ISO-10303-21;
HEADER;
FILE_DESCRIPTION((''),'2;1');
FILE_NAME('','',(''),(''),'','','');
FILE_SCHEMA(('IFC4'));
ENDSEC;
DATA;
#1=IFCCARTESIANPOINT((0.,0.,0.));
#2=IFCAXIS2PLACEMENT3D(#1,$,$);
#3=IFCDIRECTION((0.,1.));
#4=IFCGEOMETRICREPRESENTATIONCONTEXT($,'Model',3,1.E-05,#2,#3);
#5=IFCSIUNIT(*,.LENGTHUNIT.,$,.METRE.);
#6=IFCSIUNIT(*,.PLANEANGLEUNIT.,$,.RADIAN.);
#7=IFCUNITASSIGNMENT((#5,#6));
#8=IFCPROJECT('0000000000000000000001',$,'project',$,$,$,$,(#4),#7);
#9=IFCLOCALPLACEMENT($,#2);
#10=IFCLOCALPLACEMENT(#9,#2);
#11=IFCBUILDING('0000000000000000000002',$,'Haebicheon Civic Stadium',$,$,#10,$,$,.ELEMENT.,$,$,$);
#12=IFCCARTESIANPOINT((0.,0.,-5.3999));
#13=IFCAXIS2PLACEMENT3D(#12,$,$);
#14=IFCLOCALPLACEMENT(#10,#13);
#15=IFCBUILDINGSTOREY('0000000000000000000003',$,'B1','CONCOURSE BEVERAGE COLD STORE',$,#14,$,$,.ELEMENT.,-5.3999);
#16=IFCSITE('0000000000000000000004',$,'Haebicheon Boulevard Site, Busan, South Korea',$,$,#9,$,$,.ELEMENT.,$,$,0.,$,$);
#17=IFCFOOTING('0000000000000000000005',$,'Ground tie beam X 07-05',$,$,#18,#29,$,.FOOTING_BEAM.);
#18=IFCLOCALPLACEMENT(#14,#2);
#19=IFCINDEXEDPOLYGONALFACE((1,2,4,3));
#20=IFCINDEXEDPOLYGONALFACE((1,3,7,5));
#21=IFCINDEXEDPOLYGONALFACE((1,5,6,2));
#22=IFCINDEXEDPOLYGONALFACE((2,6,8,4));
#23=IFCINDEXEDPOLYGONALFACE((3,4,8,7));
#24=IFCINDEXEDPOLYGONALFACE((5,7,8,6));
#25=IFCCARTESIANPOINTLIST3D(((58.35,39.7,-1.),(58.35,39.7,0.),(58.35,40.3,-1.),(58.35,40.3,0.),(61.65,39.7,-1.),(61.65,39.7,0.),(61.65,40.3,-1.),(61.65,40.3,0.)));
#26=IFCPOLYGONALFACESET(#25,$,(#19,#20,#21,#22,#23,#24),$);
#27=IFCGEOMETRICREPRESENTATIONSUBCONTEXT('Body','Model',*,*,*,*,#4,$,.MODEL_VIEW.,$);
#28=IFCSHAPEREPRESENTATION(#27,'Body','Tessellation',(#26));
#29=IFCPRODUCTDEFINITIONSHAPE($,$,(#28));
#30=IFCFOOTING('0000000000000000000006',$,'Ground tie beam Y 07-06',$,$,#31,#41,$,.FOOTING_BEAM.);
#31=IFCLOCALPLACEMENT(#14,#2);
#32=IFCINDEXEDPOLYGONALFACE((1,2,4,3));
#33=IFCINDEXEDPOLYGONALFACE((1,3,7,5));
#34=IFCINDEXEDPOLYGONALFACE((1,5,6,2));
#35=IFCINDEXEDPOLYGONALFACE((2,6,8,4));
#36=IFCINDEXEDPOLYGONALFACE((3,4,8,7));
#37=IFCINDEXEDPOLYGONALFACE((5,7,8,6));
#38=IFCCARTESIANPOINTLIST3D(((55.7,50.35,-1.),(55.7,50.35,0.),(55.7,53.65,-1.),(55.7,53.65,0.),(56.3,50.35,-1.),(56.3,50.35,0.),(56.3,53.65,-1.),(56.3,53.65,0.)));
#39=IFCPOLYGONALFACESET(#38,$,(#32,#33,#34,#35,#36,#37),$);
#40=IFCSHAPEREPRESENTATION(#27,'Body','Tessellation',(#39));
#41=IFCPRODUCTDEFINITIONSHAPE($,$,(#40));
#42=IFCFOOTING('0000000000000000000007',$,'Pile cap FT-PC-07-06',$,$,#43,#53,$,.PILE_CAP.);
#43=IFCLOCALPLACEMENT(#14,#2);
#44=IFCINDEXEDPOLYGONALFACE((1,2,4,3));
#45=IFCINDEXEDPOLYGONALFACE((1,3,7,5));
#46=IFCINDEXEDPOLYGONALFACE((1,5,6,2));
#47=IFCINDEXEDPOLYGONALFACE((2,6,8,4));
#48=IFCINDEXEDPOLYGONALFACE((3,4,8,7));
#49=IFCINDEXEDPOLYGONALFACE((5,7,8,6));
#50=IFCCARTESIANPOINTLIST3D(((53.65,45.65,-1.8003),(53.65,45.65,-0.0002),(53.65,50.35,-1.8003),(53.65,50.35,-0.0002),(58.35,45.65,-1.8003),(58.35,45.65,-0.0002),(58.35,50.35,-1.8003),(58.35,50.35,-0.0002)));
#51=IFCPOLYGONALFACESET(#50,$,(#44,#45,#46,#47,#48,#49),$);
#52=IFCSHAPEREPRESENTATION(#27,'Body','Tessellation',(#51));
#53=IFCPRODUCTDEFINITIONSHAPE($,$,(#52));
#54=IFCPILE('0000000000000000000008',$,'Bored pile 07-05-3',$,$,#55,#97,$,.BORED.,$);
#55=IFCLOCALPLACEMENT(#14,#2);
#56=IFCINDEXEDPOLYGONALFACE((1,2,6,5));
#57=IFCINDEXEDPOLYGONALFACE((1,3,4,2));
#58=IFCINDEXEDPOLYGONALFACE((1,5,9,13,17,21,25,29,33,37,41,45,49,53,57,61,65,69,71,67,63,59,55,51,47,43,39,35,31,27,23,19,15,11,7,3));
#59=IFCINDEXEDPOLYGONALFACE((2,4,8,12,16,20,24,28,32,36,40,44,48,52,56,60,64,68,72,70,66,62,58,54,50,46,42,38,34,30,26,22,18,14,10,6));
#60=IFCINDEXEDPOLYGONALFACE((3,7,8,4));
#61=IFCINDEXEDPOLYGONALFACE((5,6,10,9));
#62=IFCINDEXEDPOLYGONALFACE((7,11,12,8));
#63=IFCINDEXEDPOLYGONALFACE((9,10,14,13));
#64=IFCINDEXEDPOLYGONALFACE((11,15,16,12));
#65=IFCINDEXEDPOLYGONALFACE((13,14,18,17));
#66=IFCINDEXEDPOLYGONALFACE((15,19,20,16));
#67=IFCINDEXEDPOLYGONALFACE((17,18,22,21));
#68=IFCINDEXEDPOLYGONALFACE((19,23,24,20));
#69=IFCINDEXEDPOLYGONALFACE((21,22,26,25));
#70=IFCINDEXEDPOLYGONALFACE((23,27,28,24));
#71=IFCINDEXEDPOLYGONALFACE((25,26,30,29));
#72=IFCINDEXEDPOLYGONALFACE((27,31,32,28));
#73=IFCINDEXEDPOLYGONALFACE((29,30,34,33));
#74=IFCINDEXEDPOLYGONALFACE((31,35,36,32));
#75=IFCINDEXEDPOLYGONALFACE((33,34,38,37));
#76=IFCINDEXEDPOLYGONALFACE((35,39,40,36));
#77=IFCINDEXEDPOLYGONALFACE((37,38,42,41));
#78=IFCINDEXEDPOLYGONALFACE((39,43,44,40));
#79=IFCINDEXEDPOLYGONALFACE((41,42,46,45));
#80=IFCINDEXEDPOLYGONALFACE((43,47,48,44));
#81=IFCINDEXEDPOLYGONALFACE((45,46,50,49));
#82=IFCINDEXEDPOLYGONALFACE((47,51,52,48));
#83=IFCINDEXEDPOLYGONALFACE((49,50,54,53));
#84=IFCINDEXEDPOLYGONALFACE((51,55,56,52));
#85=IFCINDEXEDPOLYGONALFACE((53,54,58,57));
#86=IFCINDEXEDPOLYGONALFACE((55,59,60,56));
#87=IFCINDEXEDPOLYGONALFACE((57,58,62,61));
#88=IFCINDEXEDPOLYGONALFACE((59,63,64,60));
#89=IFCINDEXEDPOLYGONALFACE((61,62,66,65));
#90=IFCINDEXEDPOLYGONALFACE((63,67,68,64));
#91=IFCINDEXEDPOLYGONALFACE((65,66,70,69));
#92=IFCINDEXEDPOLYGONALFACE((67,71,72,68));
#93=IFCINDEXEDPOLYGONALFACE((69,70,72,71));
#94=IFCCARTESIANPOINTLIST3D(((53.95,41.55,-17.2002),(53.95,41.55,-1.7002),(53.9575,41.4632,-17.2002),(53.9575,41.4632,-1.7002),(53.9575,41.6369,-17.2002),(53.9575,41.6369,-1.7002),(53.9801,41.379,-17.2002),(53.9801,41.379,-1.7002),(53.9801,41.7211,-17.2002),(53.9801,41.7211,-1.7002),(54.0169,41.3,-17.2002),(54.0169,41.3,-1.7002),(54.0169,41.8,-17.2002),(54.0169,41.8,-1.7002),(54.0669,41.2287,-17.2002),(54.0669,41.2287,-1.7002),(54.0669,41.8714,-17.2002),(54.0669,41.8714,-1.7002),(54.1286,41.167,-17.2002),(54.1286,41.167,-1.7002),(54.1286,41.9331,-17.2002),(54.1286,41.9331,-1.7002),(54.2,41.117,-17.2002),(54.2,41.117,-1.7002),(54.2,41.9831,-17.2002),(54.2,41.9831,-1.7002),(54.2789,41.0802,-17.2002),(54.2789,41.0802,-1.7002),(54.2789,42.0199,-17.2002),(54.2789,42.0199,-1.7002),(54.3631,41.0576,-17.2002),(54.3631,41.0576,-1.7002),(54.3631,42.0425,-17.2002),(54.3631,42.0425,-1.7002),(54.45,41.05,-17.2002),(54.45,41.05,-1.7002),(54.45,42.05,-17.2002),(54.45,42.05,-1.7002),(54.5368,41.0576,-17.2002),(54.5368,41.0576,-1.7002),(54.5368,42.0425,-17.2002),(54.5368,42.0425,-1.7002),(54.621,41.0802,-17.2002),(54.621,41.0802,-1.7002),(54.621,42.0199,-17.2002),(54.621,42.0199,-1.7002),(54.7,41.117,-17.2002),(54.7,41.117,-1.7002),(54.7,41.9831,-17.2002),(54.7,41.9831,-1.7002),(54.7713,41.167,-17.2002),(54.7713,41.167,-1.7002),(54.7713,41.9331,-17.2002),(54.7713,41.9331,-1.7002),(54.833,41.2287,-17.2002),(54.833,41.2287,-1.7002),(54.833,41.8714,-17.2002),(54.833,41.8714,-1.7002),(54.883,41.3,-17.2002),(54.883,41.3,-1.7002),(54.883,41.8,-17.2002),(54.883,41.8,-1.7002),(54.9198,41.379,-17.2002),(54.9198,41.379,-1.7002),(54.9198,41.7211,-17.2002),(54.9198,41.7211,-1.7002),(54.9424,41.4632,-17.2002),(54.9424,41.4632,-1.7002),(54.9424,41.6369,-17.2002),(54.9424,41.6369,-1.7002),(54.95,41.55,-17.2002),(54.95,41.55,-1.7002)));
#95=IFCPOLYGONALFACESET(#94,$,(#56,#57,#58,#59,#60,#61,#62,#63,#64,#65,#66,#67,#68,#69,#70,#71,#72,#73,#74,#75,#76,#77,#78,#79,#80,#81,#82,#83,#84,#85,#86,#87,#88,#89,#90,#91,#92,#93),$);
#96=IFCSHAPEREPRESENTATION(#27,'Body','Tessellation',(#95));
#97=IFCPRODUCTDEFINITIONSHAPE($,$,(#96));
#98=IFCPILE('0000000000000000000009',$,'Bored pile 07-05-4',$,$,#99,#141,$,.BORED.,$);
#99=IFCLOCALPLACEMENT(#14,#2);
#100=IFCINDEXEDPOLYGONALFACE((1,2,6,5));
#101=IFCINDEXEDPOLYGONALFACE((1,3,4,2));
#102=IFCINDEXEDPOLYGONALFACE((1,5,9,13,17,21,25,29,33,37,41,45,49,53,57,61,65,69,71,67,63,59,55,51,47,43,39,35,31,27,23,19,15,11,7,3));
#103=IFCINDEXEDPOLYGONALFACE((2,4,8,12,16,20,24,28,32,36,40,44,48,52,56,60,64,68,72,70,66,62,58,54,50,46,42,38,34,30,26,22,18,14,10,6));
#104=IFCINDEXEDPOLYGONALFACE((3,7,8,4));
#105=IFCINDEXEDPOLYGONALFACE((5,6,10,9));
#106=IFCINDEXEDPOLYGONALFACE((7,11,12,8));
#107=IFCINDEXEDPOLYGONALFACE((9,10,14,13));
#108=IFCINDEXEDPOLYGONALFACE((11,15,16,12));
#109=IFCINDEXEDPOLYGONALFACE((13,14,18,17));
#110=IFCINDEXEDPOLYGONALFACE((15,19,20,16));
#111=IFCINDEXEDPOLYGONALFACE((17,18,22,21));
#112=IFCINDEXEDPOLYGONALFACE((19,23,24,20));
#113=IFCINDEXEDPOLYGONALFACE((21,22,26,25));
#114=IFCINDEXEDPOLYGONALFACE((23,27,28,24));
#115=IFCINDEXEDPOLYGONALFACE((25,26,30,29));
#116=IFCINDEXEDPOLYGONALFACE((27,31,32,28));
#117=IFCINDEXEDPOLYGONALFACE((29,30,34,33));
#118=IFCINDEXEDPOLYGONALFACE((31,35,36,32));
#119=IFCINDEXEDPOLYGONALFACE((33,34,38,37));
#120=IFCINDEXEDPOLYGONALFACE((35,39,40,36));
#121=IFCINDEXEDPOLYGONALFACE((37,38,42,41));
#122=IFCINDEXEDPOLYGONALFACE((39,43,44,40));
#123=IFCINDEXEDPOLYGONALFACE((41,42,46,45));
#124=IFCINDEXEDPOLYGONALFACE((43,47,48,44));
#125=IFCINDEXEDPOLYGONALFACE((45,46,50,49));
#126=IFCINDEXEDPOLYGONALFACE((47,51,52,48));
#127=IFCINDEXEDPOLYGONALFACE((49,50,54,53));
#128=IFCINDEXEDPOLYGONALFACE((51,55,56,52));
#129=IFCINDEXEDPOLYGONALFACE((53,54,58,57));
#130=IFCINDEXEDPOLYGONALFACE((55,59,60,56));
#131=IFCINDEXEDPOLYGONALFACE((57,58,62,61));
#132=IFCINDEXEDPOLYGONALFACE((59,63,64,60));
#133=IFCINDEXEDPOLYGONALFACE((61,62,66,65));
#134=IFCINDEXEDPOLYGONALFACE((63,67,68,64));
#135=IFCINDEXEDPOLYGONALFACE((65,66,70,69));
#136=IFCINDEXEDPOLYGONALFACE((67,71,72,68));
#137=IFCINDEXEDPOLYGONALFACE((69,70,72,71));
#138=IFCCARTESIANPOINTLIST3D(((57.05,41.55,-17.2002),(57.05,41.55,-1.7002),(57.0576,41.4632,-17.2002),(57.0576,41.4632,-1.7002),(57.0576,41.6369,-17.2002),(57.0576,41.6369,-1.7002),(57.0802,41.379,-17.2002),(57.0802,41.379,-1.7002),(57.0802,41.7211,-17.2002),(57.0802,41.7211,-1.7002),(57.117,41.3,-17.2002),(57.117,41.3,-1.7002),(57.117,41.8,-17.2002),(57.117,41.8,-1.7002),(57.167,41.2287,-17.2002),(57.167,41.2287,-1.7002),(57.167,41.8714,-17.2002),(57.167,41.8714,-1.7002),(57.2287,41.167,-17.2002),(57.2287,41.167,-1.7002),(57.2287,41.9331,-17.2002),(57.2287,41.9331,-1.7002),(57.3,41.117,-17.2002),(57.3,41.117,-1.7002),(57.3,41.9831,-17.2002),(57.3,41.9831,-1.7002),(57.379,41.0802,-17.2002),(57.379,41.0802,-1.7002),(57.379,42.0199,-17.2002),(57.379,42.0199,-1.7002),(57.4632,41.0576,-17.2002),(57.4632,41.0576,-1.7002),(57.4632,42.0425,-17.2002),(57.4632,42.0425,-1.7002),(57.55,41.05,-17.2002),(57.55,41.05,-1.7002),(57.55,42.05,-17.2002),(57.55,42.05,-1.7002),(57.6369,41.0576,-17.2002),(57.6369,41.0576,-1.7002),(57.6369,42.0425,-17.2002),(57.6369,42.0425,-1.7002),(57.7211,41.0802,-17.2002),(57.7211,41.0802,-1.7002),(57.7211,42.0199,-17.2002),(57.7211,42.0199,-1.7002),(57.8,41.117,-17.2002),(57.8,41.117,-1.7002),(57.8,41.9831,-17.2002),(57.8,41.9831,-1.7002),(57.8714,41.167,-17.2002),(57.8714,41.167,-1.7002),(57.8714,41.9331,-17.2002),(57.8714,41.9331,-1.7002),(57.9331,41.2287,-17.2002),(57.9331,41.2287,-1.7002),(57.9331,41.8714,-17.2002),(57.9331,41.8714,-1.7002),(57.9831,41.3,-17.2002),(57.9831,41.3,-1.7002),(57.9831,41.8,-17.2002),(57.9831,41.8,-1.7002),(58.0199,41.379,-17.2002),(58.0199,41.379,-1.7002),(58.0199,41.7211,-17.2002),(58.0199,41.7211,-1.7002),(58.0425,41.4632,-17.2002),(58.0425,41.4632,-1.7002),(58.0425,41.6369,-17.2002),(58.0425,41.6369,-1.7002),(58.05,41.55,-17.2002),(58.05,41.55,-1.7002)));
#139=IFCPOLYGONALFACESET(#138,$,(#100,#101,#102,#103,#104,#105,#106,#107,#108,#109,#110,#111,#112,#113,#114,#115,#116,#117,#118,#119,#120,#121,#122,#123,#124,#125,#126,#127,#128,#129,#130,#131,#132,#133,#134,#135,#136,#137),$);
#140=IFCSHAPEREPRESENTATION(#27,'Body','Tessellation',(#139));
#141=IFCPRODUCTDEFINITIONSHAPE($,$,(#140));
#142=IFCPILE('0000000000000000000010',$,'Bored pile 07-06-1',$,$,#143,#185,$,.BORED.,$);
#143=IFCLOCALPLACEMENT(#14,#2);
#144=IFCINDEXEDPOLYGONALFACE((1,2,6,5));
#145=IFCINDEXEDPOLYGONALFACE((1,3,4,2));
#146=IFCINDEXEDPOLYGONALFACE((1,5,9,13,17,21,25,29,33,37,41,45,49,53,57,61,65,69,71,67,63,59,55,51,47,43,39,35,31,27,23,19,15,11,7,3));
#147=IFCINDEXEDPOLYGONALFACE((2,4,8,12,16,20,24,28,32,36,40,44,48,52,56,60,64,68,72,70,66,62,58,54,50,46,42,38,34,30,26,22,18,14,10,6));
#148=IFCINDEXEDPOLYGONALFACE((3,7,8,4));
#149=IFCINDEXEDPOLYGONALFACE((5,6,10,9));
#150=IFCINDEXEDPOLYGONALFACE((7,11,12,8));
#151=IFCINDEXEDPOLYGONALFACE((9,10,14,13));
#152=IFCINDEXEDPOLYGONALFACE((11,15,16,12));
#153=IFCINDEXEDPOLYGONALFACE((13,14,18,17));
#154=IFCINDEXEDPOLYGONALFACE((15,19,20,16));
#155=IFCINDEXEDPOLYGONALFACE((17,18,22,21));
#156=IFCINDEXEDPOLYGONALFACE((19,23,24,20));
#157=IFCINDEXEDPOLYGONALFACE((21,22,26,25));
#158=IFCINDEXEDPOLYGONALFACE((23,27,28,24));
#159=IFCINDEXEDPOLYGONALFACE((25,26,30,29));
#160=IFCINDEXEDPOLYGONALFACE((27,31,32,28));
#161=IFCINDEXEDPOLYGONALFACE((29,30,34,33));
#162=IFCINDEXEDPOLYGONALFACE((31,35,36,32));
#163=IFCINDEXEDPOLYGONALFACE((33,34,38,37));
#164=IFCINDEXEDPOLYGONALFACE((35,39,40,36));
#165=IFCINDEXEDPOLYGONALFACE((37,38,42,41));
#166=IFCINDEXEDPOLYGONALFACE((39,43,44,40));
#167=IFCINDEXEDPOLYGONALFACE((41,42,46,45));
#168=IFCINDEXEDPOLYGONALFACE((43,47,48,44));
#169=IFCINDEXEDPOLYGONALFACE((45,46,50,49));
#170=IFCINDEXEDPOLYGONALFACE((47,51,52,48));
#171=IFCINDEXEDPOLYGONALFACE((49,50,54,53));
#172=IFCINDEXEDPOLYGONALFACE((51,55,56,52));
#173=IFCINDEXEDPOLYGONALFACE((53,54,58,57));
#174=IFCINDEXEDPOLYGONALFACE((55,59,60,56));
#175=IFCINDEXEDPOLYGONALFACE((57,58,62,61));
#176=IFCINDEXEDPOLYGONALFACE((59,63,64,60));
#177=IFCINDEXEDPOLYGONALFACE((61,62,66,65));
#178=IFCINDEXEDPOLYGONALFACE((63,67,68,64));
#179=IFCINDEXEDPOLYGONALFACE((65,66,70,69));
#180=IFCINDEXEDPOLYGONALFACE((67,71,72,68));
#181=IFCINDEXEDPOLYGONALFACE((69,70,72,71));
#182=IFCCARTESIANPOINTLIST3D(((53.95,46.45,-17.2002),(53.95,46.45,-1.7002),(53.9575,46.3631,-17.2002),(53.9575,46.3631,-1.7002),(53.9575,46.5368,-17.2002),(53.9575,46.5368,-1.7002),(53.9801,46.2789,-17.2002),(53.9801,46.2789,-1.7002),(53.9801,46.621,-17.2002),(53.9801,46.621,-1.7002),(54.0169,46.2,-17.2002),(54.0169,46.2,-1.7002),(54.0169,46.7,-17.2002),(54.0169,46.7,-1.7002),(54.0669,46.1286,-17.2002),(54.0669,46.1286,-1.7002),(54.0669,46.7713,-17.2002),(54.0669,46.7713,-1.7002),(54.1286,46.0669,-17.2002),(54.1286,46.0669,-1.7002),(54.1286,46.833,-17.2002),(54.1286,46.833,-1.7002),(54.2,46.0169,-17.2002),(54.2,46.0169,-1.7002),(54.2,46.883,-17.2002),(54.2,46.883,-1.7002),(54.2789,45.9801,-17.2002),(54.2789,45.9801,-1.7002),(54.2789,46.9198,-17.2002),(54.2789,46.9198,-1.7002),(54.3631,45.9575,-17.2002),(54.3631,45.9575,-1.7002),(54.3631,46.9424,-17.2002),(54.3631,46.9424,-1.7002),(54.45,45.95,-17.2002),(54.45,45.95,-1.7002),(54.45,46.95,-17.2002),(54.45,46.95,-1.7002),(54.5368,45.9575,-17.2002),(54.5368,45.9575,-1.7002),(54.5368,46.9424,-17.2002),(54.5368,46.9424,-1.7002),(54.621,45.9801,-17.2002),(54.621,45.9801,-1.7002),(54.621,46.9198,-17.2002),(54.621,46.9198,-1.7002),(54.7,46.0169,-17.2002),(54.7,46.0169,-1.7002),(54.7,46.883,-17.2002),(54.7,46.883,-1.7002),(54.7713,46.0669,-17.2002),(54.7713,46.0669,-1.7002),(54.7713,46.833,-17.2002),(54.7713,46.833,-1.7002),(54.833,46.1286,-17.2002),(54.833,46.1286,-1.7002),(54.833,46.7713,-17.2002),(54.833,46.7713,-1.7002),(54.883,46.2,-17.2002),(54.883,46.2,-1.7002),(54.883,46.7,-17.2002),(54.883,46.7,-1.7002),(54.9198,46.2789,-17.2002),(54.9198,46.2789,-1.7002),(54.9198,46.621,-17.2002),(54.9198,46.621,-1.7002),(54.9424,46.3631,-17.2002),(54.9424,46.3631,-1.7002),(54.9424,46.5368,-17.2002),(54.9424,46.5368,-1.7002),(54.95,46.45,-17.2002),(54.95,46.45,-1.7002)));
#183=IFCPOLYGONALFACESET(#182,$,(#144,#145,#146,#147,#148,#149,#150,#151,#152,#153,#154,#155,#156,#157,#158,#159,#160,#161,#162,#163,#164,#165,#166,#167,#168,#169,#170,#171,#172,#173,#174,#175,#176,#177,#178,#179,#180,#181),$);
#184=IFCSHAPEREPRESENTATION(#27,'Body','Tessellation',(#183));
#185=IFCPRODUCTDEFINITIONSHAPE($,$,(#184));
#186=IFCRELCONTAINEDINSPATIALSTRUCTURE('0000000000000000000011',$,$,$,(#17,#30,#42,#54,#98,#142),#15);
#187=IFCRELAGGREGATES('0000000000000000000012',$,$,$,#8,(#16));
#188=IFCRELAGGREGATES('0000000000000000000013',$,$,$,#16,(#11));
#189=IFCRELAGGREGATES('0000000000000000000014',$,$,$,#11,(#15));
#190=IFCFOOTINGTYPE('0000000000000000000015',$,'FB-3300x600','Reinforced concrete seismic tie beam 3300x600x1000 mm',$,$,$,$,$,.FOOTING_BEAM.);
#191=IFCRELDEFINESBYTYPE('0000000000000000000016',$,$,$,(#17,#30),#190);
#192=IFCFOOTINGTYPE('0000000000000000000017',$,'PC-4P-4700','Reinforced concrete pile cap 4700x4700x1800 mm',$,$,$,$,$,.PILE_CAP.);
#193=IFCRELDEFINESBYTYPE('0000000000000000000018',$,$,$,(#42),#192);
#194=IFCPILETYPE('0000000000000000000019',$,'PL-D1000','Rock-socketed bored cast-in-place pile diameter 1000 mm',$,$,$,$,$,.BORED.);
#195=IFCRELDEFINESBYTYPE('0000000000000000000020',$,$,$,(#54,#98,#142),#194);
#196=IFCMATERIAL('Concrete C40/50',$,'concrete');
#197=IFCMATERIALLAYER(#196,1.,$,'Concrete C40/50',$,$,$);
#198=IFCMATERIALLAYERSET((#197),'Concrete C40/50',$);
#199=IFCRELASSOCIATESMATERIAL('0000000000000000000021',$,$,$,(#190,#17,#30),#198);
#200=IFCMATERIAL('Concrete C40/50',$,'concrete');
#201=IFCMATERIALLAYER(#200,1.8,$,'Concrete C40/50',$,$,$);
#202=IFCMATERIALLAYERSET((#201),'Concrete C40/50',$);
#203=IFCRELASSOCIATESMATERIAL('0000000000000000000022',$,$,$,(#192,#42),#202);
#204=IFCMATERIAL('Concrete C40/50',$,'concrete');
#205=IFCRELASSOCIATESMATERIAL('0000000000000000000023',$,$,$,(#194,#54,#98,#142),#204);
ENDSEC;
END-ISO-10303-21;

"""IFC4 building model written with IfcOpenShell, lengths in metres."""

from ifc_helpers import new_model, si_unit, direction, frame, origin, origin_2d, place, context, subcontext, project, spatial, rectangle, circle, extrude, material, layer, layer_set, material_profile, profile_set, type_object, element, save


model = new_model("IFC4")

# Units and contexts
model_context = context("Model", 3, precision=1e-05, world=origin(), true_north=direction((0.0, 1.0)))
body_context = subcontext(model_context, "Body", "Model", "MODEL_VIEW")
ifc_project = project(units=[si_unit("LENGTHUNIT", "METRE"), si_unit("PLANEANGLEUNIT", "RADIAN")], contexts=[model_context])

# Site, building, storey
site_placement = place(None, origin())
site = spatial("IfcSite", under=ifc_project, at=site_placement, Name="Haebicheon Boulevard Site, Busan, South Korea", CompositionType="ELEMENT", RefElevation=0.0)
building_placement = place(site_placement, origin())
building = spatial("IfcBuilding", under=site, at=building_placement, Name="Haebicheon Civic Stadium", CompositionType="ELEMENT")
storey_placement = place(building_placement, frame((0.0, 0.0, -5.3999)))
storey = spatial("IfcBuildingStorey", under=building, at=storey_placement, Name="B1", Description="CONCOURSE BEVERAGE COLD STORE", CompositionType="ELEMENT", Elevation=-5.3999)

# Footings
ifc_material_1 = material(Name="Concrete C40/50", Category="concrete")
ifc_layer_1 = layer(ifc_material_1, 1.0, Name="Concrete C40/50")
ifc_layer_set_1 = layer_set([ifc_layer_1], Name="Concrete C40/50")
footing_type_1 = type_object("IfcFootingType", Name="FB-3300x600", Description="Reinforced concrete seismic tie beam 3300x600x1000 mm", PredefinedType="FOOTING_BEAM", material=ifc_layer_set_1)
for number, where, z_axis, x_axis, name in (
    (1, (60.0, 40.0, -1.0), (0.0, 0.0, 1.0), (1.0, 0.0, 0.0), "Ground tie beam X 07-05"),
    (2, (56.0, 52.0, -1.0), (0.0, 0.0, 1.0), (0.0, 1.0, 0.0), "Ground tie beam Y 07-06"),
):
    element("IfcFooting", number, at=place(storey_placement, frame(where, z_axis=z_axis, x_axis=x_axis)), inside=storey, type_object=footing_type_1, material=ifc_layer_set_1, Name=name, PredefinedType="FOOTING_BEAM", context=body_context, shape_type="SweptSolid", body=[
        extrude(rectangle(XDim=3.3, YDim=0.6001, at=origin_2d()), origin(), (0.0, 0.0, 1.0), 1.0),
    ])
ifc_material_2 = material(Name="Concrete C40/50", Category="concrete")
ifc_layer_2 = layer(ifc_material_2, 1.8, Name="Concrete C40/50")
ifc_layer_set_2 = layer_set([ifc_layer_2], Name="Concrete C40/50")
footing_type_2 = type_object("IfcFootingType", Name="PC-4P-4700", Description="Reinforced concrete pile cap 4700x4700x1800 mm", PredefinedType="PILE_CAP", material=ifc_layer_set_2)
footing_placement = place(storey_placement, frame((56.0, 48.0, -1.8003), z_axis=(0.0, 0.0, 1.0), x_axis=(1.0, 0.0, 0.0)))
element("IfcFooting", 3, at=footing_placement, inside=storey, type_object=footing_type_2, material=ifc_layer_set_2, Name="Pile cap FT-PC-07-06", PredefinedType="PILE_CAP", context=body_context, shape_type="SweptSolid", body=[
    extrude(rectangle(XDim=4.7, YDim=4.7, at=origin_2d()), origin(), (0.0, 0.0, 1.0), 1.8),
])

# Piles
ifc_material_3 = material(Name="Concrete C40/50", Category="concrete")
ifc_material_profile_1 = material_profile(ifc_material_3, circle(Radius=0.5, at=origin_2d()), Name="PILE-D1000")
ifc_profile_set_1 = profile_set([ifc_material_profile_1], Name="Concrete C40/50")
pile_type = type_object("IfcPileType", Name="PL-D1000", Description="Rock-socketed bored cast-in-place pile diameter 1000 mm", PredefinedType="BORED", material=ifc_profile_set_1)
for number, where, z_axis, x_axis, name in (
    (4, (54.45, 41.55, -1.7002), (0.0, 0.0, -1.0), (1.0, 0.0, 0.0), "Bored pile 07-05-3"),
    (5, (57.55, 41.55, -1.7002), (0.0, 0.0, -1.0), (1.0, 0.0, 0.0), "Bored pile 07-05-4"),
    (6, (54.45, 46.45, -1.7002), (0.0, 0.0, -1.0), (1.0, 0.0, 0.0), "Bored pile 07-06-1"),
):
    element("IfcPile", number, at=place(storey_placement, frame(where, z_axis=z_axis, x_axis=x_axis)), inside=storey, type_object=pile_type, material=ifc_profile_set_1, Name=name, PredefinedType="BORED", context=body_context, shape_type="SweptSolid", body=[
        extrude(circle(Radius=0.5, at=origin_2d()), origin(), (0.0, 0.0, 1.0), 15.5),
    ])

save(model, "model.ifc")
